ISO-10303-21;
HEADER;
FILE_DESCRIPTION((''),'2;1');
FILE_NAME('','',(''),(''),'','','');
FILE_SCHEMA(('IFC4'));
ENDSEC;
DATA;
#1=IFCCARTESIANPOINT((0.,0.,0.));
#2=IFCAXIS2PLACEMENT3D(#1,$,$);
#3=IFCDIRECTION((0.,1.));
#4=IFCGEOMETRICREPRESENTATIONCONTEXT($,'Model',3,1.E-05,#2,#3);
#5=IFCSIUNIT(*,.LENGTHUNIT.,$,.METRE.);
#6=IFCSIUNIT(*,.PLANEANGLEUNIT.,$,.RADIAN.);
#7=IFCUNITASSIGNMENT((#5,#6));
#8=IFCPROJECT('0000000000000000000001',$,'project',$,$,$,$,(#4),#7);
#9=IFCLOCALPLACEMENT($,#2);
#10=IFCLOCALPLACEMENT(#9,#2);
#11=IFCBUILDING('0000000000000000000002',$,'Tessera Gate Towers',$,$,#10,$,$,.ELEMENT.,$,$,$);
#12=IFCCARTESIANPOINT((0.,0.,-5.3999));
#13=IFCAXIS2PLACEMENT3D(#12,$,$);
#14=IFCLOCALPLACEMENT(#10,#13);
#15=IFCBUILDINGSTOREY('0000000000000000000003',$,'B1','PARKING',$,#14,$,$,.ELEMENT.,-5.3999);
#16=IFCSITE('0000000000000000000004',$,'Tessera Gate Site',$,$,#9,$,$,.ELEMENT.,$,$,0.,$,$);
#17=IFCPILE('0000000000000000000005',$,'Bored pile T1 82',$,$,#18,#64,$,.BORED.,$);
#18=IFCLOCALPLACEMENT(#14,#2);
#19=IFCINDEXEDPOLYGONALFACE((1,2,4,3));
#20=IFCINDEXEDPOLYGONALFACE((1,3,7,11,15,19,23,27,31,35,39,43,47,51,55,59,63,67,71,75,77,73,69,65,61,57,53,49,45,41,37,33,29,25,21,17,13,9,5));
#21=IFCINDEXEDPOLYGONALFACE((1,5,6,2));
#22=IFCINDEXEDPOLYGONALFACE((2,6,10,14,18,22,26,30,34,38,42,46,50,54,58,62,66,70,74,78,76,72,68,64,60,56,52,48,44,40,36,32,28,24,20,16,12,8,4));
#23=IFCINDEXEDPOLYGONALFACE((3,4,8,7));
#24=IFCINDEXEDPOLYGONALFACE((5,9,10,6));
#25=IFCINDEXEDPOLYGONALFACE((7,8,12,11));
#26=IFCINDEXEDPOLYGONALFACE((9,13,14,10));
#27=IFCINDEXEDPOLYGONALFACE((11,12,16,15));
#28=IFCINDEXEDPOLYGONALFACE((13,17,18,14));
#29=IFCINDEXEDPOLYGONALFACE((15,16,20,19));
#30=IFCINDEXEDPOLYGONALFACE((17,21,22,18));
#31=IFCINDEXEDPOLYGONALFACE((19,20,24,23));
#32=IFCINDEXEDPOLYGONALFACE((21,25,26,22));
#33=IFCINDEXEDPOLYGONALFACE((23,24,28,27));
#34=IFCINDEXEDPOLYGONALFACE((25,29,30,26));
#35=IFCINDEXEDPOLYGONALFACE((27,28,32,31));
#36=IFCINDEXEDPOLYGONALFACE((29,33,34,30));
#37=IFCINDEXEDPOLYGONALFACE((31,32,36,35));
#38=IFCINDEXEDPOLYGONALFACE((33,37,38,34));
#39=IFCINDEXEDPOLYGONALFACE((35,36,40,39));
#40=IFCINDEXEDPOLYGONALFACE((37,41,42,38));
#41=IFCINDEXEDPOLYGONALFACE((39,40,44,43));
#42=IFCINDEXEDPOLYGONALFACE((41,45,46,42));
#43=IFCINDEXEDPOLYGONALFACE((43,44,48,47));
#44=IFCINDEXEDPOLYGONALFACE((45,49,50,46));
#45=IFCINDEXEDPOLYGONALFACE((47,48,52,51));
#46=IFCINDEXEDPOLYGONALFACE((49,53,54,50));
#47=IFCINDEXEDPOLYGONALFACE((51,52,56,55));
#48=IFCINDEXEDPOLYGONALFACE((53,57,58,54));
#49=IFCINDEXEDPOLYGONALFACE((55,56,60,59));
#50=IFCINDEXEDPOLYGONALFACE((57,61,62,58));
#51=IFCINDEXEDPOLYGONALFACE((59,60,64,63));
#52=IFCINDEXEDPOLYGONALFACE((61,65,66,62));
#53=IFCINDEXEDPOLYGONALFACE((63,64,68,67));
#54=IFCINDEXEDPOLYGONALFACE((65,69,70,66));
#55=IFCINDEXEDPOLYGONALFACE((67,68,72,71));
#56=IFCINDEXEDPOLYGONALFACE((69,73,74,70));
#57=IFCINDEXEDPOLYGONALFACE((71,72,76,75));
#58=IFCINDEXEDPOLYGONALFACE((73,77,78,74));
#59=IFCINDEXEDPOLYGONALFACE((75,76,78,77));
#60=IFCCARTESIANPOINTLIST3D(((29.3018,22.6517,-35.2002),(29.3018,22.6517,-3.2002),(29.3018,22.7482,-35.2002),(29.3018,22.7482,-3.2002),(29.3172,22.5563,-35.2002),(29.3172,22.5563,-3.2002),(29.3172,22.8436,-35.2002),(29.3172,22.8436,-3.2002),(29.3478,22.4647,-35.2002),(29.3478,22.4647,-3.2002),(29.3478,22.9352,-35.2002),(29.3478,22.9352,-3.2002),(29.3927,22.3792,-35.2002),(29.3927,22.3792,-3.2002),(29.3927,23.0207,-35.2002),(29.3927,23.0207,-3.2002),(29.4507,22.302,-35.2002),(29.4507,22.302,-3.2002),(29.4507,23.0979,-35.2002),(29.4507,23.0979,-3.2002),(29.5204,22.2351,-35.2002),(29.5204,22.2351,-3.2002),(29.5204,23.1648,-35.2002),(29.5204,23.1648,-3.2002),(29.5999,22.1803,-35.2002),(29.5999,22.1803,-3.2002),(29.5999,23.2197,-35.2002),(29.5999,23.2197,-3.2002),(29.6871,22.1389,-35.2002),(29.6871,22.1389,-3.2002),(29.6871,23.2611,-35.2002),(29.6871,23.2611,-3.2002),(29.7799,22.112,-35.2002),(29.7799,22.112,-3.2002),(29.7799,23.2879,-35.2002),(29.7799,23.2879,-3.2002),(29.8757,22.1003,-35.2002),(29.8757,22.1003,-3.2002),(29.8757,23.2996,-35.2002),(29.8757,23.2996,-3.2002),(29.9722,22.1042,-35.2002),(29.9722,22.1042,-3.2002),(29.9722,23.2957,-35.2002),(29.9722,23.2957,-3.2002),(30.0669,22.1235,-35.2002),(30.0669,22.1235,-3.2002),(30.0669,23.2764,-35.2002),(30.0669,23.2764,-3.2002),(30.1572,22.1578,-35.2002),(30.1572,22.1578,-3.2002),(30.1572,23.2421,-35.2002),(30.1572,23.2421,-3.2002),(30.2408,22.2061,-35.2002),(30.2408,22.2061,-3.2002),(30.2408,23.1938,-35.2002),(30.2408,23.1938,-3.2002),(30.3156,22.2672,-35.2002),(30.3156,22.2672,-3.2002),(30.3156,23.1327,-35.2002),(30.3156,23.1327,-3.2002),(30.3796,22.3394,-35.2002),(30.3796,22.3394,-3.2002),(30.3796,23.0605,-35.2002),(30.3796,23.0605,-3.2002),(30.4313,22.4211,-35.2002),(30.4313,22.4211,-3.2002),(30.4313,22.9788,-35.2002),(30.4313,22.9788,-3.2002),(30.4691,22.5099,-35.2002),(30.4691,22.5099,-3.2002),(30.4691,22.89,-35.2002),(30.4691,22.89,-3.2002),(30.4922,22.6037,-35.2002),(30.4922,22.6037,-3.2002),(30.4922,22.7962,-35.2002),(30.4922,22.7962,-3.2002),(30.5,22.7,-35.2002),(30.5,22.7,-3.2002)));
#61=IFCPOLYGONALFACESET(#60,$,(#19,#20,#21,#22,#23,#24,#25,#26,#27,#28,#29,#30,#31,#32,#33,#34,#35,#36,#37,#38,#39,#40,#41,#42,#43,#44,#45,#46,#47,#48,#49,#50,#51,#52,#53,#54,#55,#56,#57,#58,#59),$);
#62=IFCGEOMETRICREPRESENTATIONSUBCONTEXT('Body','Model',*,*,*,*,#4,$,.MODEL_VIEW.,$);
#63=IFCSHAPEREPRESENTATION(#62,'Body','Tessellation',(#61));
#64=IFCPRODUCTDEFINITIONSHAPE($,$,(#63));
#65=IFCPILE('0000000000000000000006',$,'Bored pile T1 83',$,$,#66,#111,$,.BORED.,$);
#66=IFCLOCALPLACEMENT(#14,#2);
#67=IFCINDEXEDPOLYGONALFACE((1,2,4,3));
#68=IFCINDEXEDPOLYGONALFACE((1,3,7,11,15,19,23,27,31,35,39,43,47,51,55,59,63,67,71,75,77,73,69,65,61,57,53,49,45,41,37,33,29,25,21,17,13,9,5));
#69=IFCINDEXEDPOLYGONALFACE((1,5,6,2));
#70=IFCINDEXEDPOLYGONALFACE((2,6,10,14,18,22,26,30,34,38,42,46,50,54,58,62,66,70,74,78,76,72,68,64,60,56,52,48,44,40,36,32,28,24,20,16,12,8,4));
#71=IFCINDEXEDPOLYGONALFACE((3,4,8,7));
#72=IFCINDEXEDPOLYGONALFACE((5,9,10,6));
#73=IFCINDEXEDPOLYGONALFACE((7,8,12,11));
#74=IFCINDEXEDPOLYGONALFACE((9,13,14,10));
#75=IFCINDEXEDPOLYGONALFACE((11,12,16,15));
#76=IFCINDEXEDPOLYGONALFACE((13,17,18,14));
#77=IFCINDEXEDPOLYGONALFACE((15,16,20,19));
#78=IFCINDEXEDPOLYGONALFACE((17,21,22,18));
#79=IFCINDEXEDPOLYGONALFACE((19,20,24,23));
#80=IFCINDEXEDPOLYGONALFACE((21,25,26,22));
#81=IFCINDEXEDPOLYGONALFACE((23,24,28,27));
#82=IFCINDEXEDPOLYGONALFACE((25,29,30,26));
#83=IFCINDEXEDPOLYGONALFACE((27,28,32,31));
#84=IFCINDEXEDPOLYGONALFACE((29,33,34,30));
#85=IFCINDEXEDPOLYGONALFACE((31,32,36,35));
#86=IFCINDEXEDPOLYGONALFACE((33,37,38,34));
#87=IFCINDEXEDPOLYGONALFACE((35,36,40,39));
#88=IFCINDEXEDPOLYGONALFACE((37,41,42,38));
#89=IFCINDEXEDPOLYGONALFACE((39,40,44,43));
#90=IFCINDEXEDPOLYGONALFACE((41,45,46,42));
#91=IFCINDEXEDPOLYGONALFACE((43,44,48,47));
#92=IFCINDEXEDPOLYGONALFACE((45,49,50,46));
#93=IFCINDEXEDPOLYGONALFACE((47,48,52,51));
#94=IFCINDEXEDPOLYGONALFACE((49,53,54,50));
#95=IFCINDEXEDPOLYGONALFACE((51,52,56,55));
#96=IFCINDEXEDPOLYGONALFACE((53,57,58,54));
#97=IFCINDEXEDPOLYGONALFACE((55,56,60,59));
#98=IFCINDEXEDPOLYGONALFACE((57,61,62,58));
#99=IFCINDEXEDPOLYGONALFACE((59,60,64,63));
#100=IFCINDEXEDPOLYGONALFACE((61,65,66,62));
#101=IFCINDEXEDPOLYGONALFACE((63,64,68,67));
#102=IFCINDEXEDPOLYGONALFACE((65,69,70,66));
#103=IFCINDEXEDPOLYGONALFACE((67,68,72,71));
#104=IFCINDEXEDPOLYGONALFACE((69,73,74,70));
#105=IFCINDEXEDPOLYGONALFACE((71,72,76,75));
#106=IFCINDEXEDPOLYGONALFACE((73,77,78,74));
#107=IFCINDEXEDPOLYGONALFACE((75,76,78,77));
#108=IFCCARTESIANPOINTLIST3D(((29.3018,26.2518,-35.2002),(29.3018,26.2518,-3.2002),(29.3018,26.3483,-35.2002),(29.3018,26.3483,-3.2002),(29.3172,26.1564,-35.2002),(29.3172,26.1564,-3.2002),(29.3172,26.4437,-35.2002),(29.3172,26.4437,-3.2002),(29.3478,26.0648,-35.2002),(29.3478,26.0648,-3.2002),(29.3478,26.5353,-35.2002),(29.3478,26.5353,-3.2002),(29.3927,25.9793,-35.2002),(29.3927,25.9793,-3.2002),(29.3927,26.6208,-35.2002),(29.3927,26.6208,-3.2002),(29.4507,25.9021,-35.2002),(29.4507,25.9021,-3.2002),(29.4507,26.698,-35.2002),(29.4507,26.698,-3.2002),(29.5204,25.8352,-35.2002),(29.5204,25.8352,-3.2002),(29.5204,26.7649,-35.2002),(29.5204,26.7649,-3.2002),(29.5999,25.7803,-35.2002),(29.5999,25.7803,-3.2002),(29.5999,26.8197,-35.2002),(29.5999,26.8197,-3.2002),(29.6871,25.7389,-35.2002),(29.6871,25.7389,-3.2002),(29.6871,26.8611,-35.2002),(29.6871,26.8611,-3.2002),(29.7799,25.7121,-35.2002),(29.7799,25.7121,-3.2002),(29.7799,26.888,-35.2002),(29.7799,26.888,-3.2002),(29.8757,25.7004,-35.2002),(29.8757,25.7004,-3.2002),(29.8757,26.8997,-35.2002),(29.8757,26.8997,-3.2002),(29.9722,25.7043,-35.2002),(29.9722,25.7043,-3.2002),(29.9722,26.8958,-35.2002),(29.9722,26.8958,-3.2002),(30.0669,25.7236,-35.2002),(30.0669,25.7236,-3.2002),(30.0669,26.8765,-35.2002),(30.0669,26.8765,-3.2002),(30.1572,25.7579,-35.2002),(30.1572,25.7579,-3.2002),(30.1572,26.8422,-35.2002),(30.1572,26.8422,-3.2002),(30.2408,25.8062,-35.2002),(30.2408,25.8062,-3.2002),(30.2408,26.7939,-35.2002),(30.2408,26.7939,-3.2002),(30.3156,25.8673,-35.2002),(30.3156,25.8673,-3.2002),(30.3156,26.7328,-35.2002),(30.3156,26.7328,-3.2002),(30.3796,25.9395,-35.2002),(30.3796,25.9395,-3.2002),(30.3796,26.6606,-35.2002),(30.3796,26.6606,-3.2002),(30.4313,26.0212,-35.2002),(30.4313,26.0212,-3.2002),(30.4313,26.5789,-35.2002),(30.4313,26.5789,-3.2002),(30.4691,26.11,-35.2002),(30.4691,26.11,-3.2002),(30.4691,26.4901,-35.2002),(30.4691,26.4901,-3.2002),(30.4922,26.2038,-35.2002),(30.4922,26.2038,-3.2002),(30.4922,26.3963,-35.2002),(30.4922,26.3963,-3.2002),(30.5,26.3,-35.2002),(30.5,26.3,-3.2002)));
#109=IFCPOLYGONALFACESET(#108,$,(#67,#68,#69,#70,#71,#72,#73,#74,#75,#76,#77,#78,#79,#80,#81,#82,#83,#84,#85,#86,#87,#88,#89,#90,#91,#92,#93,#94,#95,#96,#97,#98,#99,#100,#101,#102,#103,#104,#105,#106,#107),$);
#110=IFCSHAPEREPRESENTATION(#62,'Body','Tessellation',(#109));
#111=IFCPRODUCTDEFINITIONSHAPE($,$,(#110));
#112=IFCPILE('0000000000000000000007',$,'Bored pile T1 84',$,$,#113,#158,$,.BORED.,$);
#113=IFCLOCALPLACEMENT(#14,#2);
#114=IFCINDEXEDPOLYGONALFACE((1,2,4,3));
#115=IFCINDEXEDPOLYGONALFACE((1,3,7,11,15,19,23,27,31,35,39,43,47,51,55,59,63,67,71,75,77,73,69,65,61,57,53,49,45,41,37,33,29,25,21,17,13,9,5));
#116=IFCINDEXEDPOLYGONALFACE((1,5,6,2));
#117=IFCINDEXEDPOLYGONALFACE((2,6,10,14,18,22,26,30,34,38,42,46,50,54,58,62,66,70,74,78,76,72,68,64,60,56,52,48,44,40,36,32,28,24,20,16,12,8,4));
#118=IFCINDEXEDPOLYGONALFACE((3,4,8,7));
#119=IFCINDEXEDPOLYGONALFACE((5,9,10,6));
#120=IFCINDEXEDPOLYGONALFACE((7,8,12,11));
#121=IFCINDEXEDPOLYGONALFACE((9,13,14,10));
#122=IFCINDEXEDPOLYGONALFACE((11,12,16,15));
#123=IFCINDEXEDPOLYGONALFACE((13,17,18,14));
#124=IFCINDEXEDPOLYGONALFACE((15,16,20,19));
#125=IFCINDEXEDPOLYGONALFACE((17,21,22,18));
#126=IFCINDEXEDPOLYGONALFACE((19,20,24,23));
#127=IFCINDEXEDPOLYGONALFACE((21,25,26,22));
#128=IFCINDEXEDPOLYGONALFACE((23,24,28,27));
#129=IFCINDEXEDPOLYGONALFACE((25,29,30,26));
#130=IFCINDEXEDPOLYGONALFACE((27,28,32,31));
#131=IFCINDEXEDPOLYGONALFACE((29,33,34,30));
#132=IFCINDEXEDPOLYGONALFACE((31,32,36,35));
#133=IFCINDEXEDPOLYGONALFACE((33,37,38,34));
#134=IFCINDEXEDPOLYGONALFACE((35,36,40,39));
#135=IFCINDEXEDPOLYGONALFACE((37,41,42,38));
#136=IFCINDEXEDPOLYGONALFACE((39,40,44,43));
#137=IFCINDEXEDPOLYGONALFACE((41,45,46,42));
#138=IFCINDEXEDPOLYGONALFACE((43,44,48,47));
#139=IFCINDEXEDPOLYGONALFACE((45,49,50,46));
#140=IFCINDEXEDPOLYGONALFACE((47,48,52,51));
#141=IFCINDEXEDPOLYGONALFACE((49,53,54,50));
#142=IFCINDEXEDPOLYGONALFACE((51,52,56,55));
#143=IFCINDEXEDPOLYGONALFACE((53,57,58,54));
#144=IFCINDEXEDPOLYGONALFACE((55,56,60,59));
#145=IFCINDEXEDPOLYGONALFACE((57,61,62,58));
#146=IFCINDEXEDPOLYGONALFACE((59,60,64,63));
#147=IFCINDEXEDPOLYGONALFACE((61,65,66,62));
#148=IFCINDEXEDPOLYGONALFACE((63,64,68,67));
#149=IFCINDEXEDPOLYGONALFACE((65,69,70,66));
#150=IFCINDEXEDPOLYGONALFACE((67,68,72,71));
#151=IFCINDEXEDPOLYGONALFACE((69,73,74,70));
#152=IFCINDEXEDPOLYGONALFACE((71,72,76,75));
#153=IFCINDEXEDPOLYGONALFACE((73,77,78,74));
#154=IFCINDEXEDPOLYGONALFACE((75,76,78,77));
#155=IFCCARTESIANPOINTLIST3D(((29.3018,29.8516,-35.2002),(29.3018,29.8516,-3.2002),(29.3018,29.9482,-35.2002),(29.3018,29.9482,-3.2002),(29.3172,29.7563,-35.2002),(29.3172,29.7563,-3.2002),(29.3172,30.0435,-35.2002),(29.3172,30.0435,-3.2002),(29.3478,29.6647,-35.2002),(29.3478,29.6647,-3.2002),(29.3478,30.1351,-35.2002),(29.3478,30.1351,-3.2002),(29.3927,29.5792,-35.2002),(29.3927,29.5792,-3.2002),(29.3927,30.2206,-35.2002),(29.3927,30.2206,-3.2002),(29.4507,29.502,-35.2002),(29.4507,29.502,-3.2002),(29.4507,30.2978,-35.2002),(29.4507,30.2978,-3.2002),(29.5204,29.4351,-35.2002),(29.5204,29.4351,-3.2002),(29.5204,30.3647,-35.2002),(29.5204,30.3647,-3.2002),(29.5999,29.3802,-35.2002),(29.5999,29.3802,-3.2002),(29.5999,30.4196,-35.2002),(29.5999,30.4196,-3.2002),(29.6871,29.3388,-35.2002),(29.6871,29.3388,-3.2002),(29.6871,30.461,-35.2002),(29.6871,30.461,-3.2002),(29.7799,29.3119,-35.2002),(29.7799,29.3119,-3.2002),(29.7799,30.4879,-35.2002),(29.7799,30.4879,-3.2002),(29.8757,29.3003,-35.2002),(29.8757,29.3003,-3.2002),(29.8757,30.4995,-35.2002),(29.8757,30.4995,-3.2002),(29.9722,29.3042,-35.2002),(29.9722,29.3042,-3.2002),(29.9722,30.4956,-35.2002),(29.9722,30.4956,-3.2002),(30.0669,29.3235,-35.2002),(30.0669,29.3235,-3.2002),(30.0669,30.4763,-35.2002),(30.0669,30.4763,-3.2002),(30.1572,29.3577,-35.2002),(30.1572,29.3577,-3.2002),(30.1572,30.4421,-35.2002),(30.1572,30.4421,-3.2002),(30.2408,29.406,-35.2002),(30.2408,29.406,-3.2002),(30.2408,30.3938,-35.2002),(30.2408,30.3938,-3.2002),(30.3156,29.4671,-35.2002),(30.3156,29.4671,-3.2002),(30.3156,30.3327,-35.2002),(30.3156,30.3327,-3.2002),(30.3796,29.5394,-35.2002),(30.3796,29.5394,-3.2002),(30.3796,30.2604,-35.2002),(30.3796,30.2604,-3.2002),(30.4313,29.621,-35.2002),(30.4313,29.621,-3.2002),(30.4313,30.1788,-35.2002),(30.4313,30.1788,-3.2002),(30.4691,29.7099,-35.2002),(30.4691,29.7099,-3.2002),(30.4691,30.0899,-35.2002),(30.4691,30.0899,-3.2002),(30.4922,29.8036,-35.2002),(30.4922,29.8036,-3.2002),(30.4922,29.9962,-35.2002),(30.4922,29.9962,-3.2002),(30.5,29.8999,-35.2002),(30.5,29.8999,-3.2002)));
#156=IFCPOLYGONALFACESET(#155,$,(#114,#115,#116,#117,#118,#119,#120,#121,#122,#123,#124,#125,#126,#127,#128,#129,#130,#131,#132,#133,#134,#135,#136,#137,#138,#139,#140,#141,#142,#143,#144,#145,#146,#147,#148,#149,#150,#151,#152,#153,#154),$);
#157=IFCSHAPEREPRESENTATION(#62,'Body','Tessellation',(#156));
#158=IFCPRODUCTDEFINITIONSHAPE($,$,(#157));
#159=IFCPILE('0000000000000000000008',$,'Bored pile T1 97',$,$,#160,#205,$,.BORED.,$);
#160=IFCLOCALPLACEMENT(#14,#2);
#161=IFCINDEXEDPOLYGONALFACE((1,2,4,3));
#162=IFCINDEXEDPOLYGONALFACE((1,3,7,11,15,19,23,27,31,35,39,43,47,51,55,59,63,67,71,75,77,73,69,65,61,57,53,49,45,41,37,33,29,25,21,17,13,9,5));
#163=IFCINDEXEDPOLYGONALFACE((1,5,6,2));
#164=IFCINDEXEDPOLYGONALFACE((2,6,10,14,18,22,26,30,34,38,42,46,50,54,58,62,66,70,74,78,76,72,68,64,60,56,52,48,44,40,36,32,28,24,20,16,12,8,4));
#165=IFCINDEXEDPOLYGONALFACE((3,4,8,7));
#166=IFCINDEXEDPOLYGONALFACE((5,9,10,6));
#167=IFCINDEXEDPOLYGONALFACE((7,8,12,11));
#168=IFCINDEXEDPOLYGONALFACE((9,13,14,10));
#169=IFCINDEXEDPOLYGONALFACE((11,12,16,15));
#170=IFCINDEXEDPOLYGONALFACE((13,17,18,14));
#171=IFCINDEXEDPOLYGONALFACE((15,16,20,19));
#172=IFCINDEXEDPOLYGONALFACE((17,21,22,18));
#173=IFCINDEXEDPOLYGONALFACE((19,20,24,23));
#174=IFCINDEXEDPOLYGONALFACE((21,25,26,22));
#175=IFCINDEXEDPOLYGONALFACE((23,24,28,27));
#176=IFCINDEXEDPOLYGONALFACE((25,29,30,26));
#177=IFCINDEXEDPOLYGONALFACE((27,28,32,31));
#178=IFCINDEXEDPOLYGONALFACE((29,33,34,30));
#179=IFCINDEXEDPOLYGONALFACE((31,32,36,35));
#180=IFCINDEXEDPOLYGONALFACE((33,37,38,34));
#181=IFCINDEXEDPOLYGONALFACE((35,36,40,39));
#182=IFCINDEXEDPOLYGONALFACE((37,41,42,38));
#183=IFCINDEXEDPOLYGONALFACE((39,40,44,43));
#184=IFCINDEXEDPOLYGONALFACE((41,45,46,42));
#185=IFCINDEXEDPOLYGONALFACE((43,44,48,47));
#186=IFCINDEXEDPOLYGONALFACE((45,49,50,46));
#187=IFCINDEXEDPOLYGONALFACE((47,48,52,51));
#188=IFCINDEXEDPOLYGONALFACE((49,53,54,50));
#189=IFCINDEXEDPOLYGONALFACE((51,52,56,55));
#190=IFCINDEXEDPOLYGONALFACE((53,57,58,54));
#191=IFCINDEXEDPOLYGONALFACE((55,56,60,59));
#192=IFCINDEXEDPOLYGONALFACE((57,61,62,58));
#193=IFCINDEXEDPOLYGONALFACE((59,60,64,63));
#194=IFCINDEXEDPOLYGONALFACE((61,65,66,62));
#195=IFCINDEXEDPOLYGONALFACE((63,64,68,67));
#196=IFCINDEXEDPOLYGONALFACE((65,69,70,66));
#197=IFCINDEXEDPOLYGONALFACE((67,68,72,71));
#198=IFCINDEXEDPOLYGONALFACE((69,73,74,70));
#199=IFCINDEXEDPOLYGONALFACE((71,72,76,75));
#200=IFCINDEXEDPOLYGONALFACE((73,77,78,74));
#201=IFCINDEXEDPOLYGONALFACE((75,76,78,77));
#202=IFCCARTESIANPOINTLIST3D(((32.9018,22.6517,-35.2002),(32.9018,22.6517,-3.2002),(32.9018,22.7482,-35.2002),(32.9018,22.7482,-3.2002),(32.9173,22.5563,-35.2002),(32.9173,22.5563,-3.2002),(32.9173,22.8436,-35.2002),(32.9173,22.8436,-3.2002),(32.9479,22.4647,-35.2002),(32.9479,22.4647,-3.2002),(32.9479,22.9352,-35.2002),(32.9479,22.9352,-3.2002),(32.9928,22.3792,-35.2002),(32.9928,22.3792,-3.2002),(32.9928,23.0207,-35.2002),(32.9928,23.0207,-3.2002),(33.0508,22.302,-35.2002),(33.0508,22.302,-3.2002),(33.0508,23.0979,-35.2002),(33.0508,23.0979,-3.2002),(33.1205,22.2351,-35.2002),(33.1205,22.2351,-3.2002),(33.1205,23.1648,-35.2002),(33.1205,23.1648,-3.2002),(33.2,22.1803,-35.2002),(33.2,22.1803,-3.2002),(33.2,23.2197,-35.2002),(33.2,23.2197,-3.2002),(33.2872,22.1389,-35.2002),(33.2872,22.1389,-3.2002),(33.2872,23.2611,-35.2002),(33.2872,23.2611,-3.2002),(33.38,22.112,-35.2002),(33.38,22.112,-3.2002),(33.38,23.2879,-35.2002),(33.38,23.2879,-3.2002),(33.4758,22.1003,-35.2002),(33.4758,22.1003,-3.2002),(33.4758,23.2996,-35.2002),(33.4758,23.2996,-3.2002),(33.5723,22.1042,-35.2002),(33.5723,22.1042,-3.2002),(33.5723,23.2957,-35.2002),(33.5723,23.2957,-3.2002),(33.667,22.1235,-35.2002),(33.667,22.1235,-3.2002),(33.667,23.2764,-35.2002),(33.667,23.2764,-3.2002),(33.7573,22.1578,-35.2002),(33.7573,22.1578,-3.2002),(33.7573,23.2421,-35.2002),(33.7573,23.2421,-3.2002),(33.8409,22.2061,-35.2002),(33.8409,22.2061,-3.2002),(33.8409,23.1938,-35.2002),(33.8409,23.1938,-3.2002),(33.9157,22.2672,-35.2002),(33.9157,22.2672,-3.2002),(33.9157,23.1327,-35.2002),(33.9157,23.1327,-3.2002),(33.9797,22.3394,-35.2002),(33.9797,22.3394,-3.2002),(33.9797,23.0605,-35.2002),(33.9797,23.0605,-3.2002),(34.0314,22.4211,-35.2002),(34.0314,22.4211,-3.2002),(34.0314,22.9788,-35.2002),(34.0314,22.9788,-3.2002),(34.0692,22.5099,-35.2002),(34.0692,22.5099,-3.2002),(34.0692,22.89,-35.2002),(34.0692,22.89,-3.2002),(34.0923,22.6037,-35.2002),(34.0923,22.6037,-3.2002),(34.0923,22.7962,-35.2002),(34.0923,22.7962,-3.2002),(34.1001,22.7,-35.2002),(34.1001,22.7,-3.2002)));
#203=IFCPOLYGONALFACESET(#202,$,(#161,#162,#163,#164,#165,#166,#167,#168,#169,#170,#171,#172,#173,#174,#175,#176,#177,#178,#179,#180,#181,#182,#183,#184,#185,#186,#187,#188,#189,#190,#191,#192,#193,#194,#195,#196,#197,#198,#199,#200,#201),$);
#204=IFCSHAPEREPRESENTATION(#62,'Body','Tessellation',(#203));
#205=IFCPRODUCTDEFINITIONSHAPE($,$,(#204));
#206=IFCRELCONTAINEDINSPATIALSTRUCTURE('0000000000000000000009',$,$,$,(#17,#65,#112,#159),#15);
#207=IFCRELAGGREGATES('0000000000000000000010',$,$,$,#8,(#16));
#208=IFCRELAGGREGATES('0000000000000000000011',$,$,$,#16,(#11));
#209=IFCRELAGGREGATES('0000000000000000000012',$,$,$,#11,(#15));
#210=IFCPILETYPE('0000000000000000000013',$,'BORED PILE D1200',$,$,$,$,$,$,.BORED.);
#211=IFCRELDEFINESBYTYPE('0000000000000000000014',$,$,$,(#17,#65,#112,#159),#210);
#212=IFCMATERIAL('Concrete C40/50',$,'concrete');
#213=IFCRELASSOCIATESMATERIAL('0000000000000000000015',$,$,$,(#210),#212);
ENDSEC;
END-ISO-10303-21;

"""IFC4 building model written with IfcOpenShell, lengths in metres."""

from ifc_helpers import new_model, si_unit, direction, frame, origin, origin_2d, place, context, subcontext, project, spatial, circle, extrude, material, material_profile, profile_set, type_object, element, save


model = new_model("IFC4")

# Units and contexts
model_context = context("Model", 3, precision=1e-05, world=origin(), true_north=direction((0.0, 1.0)))
body_context = subcontext(model_context, "Body", "Model", "MODEL_VIEW")
ifc_project = project(units=[si_unit("LENGTHUNIT", "METRE"), si_unit("PLANEANGLEUNIT", "RADIAN")], contexts=[model_context])

# Site, building, storey
site_placement = place(None, origin())
site = spatial("IfcSite", under=ifc_project, at=site_placement, Name="Tessera Gate Site", CompositionType="ELEMENT", RefElevation=0.0)
building_placement = place(site_placement, origin())
building = spatial("IfcBuilding", under=site, at=building_placement, Name="Tessera Gate Towers", CompositionType="ELEMENT")
storey_placement = place(building_placement, frame((0.0, 0.0, -5.3999)))
storey = spatial("IfcBuildingStorey", under=building, at=storey_placement, Name="B1", Description="PARKING", CompositionType="ELEMENT", Elevation=-5.3999)

# Piles
ifc_material_1 = material(Name="Concrete C40/50", Category="concrete")
ifc_material_profile = material_profile(ifc_material_1, circle(Radius=0.6001, at=origin_2d()), Name="BORED PILE D1200")
ifc_profile_set = profile_set([ifc_material_profile], Name="Concrete C40/50")
pile_type = type_object("IfcPileType", Name="BORED PILE D1200", PredefinedType="BORED", material=ifc_profile_set)
for number, where, z_axis, x_axis, name in (
    (1, (29.8999, 22.7, -3.2002), (0.0, 0.0, -1.0), (1.0, 0.0, 0.0), "Bored pile T1 82"),
    (2, (29.8999, 26.3, -3.2002), (0.0, 0.0, -1.0), (1.0, 0.0, 0.0), "Bored pile T1 83"),
    (3, (29.8999, 29.8999, -3.2002), (0.0, 0.0, -1.0), (1.0, 0.0, 0.0), "Bored pile T1 84"),
    (4, (33.5, 22.7, -3.2002), (0.0, 0.0, -1.0), (1.0, 0.0, 0.0), "Bored pile T1 97"),
):
    element("IfcPile", number, at=place(storey_placement, frame(where, z_axis=z_axis, x_axis=x_axis)), inside=storey, type_object=pile_type, Name=name, PredefinedType="BORED", context=body_context, shape_type="SweptSolid", body=[
        extrude(circle(Radius=0.6001, at=origin_2d()), origin(), (0.0, 0.0, 1.0), 32.0),
    ])

save(model, "model.ifc")
